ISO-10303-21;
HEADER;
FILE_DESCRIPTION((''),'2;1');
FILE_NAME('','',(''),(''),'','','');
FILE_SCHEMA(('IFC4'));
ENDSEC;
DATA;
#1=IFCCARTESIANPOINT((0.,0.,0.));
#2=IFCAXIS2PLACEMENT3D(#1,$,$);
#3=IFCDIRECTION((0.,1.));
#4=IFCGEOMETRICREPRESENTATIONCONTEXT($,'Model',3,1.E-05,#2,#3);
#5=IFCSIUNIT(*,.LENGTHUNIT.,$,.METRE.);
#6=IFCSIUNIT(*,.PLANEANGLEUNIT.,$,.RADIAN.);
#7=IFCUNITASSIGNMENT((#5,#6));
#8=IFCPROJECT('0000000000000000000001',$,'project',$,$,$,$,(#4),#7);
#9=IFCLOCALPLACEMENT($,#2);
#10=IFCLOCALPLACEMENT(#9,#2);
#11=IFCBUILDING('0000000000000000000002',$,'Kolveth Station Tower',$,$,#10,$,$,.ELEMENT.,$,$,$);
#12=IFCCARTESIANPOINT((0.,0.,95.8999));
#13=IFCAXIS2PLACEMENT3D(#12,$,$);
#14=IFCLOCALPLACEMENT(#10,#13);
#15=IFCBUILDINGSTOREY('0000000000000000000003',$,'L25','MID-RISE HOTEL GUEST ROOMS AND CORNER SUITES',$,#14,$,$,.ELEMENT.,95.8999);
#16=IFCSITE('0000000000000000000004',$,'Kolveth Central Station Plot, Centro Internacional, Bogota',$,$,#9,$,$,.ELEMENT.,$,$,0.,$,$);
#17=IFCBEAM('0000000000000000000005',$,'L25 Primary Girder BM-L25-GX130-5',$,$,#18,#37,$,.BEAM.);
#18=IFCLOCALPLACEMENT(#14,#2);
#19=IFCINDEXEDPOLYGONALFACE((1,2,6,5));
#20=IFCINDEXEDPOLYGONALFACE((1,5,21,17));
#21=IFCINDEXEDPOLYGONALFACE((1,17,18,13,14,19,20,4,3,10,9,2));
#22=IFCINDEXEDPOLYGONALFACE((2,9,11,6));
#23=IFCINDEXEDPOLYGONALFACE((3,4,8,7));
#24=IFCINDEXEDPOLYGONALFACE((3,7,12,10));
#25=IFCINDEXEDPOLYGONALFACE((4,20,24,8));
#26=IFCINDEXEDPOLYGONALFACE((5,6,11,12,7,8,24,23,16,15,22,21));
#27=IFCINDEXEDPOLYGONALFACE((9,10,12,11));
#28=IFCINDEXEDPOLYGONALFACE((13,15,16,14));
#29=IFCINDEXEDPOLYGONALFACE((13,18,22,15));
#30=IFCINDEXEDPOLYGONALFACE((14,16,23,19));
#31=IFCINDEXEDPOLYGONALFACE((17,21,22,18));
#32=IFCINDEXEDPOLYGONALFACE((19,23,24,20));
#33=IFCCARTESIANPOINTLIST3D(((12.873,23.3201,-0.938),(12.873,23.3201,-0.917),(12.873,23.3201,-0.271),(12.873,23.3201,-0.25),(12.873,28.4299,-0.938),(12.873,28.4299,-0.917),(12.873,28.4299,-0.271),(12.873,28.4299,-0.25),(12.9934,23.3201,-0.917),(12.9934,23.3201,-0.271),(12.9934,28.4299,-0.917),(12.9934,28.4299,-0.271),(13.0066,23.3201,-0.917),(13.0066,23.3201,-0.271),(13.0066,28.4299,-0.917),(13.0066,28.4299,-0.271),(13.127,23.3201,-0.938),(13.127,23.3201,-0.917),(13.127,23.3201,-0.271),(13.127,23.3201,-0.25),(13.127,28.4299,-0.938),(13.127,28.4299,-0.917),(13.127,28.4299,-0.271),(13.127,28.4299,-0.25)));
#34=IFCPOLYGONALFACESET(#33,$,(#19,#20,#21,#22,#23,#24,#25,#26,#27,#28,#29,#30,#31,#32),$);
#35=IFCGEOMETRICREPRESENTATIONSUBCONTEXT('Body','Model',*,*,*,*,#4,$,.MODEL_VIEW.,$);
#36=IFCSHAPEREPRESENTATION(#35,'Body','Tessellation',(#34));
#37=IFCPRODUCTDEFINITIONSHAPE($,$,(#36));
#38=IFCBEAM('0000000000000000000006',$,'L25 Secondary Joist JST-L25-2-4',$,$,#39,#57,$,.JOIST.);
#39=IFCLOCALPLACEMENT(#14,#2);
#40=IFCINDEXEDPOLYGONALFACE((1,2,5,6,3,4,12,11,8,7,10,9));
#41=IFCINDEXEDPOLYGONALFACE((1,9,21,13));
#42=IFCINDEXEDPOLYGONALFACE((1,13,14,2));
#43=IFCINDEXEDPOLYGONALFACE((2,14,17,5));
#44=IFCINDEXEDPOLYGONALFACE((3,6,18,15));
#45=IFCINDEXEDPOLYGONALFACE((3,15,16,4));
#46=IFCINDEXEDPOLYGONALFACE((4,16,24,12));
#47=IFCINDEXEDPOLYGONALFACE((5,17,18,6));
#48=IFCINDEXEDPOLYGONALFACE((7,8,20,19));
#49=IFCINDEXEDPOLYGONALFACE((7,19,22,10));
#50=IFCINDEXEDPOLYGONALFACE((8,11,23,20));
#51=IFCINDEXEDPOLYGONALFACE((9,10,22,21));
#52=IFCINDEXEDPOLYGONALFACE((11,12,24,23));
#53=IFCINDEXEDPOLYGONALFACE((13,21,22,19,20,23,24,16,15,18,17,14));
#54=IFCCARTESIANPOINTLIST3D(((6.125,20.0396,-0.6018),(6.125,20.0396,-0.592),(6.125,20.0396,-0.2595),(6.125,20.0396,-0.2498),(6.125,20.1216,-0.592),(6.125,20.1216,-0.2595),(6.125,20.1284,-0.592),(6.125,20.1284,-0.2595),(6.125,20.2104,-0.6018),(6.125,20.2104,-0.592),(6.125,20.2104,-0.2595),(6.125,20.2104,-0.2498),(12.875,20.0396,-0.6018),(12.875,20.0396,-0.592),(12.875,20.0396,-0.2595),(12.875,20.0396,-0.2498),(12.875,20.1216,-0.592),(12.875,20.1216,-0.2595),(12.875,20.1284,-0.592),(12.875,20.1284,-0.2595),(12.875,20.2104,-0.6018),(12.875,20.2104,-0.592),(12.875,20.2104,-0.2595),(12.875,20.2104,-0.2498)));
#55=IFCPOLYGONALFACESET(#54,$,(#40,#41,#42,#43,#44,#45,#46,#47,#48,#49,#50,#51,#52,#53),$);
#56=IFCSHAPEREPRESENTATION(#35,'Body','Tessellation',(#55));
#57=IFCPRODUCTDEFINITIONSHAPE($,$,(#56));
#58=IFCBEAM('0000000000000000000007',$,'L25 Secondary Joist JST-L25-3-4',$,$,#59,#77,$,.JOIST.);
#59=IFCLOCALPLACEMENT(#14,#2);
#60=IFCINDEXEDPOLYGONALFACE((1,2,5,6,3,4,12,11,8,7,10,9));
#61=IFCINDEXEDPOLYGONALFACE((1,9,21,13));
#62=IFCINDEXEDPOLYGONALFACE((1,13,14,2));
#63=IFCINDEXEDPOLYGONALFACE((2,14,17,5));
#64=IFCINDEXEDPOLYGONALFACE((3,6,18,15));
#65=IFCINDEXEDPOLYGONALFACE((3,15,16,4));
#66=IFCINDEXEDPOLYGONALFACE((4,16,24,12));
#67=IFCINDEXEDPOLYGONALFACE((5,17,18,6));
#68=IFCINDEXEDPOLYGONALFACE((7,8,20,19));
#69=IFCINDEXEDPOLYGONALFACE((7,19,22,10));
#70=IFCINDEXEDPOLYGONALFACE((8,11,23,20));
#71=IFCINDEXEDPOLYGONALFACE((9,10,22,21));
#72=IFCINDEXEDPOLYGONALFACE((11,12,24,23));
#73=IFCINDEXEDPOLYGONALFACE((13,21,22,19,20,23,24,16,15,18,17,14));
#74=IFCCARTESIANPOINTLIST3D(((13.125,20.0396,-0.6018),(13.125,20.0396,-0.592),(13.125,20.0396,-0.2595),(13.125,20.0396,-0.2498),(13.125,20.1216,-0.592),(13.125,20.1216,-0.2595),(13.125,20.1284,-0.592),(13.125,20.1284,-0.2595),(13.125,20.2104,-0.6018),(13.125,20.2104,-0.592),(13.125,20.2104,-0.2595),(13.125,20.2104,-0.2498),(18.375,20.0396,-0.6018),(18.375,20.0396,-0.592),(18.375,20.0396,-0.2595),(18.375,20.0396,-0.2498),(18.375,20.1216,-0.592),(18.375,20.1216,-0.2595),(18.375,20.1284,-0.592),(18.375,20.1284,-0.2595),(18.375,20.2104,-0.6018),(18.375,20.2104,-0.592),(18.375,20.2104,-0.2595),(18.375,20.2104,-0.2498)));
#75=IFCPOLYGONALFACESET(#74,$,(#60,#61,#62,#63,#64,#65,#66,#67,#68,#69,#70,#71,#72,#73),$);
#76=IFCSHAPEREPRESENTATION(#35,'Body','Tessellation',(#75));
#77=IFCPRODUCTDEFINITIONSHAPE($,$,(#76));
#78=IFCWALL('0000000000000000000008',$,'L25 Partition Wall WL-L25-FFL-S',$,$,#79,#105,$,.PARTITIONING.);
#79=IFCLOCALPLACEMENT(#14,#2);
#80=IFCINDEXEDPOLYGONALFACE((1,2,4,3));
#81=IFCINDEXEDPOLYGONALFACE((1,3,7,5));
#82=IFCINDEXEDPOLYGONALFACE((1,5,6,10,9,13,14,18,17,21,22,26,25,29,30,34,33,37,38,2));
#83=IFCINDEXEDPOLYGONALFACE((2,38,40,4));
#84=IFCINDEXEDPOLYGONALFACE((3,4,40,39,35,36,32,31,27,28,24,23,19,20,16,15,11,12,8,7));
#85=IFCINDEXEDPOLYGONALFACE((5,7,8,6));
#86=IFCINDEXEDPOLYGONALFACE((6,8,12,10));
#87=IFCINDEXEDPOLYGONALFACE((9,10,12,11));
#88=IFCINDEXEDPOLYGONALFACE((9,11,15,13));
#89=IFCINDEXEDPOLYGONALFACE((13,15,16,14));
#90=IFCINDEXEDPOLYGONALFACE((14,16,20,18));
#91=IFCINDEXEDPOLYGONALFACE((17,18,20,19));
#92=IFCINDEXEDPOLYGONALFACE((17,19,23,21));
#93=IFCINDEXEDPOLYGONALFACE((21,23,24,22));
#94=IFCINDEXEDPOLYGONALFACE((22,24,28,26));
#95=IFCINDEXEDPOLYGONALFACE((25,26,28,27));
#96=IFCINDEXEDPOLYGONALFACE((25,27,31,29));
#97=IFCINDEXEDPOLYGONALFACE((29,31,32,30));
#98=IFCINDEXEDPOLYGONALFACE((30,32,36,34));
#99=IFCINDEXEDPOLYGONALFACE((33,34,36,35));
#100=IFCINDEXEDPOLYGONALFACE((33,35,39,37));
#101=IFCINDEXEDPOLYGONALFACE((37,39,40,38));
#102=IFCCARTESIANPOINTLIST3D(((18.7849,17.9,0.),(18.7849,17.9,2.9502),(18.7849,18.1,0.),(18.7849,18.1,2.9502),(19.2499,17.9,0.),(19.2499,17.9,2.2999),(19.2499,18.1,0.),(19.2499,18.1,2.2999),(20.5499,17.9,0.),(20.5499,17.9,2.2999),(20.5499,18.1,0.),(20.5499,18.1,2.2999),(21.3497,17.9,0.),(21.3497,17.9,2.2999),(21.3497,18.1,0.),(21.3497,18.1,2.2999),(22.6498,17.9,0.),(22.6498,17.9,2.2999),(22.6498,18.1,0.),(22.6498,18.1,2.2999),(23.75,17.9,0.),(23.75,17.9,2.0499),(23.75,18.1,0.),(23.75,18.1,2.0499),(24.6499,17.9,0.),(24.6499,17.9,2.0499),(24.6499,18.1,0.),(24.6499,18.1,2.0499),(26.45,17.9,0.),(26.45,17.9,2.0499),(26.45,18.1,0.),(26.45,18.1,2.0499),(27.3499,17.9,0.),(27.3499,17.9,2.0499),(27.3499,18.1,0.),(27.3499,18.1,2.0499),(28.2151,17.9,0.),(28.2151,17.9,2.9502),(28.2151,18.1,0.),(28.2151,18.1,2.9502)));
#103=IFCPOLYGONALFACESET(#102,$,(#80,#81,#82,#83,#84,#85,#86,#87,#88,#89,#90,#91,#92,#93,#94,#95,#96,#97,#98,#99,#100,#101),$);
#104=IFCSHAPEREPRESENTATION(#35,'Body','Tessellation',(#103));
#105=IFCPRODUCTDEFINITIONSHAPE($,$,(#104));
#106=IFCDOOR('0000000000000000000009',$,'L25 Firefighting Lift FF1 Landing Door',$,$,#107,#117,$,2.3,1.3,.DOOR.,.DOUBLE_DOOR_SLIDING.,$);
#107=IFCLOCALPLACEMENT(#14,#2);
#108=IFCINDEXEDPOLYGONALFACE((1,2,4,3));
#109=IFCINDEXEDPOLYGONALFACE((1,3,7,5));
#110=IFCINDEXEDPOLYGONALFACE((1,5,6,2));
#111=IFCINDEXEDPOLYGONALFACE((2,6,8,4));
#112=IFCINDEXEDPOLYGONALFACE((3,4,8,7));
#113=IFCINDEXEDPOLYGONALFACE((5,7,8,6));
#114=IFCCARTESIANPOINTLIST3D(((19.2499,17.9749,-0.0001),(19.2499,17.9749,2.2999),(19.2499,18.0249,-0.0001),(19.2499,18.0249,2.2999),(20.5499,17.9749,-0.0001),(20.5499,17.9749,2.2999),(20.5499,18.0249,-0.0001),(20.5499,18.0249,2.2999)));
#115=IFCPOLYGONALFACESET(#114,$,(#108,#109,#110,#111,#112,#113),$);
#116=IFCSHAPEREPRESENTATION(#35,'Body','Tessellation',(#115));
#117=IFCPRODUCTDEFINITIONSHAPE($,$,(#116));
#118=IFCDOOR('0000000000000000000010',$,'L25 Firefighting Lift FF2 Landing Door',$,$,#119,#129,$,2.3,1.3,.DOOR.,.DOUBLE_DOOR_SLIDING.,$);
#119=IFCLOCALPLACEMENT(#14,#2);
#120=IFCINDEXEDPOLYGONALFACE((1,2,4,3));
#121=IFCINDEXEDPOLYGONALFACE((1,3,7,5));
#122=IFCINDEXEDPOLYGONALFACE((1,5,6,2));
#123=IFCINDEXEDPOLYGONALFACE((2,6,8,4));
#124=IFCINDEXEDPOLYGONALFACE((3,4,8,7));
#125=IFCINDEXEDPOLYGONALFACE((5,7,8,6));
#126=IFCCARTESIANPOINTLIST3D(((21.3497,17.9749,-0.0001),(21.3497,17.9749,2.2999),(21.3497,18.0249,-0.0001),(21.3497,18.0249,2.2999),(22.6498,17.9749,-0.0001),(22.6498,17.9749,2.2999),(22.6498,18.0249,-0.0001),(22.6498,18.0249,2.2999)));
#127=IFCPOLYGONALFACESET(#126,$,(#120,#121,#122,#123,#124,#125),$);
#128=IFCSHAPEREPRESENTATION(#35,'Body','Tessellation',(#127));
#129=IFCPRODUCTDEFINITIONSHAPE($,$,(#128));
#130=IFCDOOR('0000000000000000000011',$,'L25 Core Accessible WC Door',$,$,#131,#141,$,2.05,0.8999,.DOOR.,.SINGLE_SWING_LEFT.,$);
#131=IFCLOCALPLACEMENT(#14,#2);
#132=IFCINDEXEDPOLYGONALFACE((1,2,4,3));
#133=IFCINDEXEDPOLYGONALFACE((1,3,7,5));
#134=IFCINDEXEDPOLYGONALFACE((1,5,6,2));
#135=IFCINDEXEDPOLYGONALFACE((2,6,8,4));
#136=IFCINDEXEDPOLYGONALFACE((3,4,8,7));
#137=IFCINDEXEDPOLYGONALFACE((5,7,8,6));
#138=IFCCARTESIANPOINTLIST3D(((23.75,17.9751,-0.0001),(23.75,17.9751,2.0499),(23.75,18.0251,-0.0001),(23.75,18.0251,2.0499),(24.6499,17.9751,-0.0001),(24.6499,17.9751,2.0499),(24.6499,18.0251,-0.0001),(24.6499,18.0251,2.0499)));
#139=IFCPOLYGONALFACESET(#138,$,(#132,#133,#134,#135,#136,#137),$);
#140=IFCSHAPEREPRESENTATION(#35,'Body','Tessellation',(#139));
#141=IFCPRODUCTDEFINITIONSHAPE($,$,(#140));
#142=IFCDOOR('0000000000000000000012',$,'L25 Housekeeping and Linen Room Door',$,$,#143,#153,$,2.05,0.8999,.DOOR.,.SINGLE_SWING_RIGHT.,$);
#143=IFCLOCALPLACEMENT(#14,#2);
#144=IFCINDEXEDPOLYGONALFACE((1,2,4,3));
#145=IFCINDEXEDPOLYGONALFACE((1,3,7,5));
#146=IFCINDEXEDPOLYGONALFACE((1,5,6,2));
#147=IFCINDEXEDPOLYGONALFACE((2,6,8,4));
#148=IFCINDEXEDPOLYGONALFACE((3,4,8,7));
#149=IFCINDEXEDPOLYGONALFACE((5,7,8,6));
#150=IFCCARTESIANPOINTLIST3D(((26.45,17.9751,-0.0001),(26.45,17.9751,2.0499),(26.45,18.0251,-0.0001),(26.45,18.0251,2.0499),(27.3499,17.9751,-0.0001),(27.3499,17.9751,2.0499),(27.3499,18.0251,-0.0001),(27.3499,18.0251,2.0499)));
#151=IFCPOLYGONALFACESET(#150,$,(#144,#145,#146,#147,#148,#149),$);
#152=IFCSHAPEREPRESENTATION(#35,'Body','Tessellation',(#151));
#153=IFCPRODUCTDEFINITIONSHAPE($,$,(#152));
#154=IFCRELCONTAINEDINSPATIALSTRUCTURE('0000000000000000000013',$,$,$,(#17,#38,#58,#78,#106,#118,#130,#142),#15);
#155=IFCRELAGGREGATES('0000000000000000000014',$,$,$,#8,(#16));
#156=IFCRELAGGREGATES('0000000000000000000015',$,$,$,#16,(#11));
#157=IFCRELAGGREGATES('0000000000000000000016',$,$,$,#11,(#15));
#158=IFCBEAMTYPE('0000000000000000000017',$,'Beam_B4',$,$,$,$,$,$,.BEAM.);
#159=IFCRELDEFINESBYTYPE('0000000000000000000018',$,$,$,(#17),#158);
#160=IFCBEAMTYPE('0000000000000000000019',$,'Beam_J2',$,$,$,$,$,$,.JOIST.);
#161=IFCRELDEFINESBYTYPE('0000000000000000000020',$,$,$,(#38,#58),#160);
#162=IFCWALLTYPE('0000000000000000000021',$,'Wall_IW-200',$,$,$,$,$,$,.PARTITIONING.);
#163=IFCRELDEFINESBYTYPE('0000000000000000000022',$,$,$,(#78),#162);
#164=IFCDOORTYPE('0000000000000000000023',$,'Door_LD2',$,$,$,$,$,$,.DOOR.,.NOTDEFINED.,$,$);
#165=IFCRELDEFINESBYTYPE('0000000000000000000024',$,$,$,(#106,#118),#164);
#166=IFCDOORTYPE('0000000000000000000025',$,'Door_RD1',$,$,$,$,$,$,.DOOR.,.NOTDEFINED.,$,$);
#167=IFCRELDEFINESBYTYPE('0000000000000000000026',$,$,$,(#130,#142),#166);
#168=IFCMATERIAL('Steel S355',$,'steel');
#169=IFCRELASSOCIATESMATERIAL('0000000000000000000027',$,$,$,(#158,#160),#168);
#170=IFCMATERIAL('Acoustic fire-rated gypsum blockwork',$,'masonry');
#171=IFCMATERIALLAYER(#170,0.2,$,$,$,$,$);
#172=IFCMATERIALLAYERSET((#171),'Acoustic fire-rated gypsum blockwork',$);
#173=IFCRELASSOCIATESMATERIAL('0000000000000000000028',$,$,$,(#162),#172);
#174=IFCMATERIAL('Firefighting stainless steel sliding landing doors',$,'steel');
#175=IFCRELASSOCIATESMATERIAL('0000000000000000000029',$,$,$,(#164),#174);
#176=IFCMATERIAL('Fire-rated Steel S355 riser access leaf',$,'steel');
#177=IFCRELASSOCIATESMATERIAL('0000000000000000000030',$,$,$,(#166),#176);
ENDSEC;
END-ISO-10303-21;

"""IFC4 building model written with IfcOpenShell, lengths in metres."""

from ifc_helpers import new_model, si_unit, direction, frame, frame_2d, origin, origin_2d, place, context, subcontext, project, spatial, rectangle, i_section, extrude, source, transform, mapped, material, layer, layer_set, material_profile, profile_set, type_object, element, fill, save


model = new_model("IFC4")

# Units and contexts
model_context = context("Model", 3, precision=1e-05, world=origin(), true_north=direction((0.0, 1.0)))
body_context = subcontext(model_context, "Body", "Model", "MODEL_VIEW")
ifc_project = project(units=[si_unit("LENGTHUNIT", "METRE"), si_unit("PLANEANGLEUNIT", "RADIAN")], contexts=[model_context])

# Site, building, storey
site_placement = place(None, origin())
site = spatial("IfcSite", under=ifc_project, at=site_placement, Name="Kolveth Central Station Plot, Centro Internacional, Bogota", CompositionType="ELEMENT", RefElevation=0.0)
building_placement = place(site_placement, origin())
building = spatial("IfcBuilding", under=site, at=building_placement, Name="Kolveth Station Tower", CompositionType="ELEMENT")
storey_placement = place(building_placement, frame((0.0, 0.0, 95.8999)))
storey = spatial("IfcBuildingStorey", under=building, at=storey_placement, Name="L25", Description="MID-RISE HOTEL GUEST ROOMS AND CORNER SUITES", CompositionType="ELEMENT", Elevation=95.8999)

# Shared definitions
ifc_material_1 = material(Name="Steel S355", Category="steel")

# Beams
ifc_material_profile_1 = material_profile(ifc_material_1, i_section(OverallWidth=0.2539, OverallDepth=0.688, WebThickness=0.0132, FlangeThickness=0.021, at=origin_2d()), Name="W690x152")
ifc_profile_set_1 = profile_set([ifc_material_profile_1], Name="Steel S355")
beam_type_1 = type_object("IfcBeamType", Name="Beam_B4", PredefinedType="BEAM", material=ifc_profile_set_1)
shared_shape_1 = source(origin(), body_context, "Body", "SweptSolid", [
    extrude(i_section(OverallWidth=0.2539, OverallDepth=0.688, WebThickness=0.0132, FlangeThickness=0.021, at=origin_2d()), origin(), (0.0, 0.0, 1.0), 5.1099),
])
for number, where, z_axis, x_axis, name in (
    (1, (13.0, 23.3201, -0.594), (0.0, 1.0, 0.0), (-1.0, 0.0, 0.0), "L25 Primary Girder BM-L25-GX130-5"),
):
    element("IfcBeam", number, at=place(storey_placement, frame(where, z_axis=z_axis, x_axis=x_axis)), inside=storey, type_object=beam_type_1, Name=name, PredefinedType="BEAM", context=body_context, shape_type="MappedRepresentation", body=[
        mapped(shared_shape_1, transform((0.0, 0.0, 0.0), x_axis=(1.0, 0.0, 0.0), y_axis=(0.0, 1.0, 0.0), z_axis=(0.0, 0.0, 1.0), scale=1.0)),
    ])
ifc_material_profile_2 = material_profile(ifc_material_1, i_section(OverallWidth=0.1709, OverallDepth=0.3521, WebThickness=0.0068, FlangeThickness=0.0098, at=origin_2d()), Name="W360x44")
ifc_profile_set_2 = profile_set([ifc_material_profile_2], Name="Steel S355")
beam_type_2 = type_object("IfcBeamType", Name="Beam_J2", PredefinedType="JOIST", material=ifc_profile_set_2)
shared_shape_2 = source(origin(), body_context, "Body", "SweptSolid", [
    extrude(i_section(OverallWidth=0.1709, OverallDepth=0.3521, WebThickness=0.0068, FlangeThickness=0.0098, at=origin_2d()), origin(), (0.0, 0.0, 1.0), 6.75),
])
beam_1_placement = place(storey_placement, frame((6.125, 20.125, -0.4258), z_axis=(1.0, 0.0, 0.0), x_axis=(0.0, 1.0, 0.0)))
element("IfcBeam", 2, at=beam_1_placement, inside=storey, type_object=beam_type_2, Name="L25 Secondary Joist JST-L25-2-4", PredefinedType="JOIST", context=body_context, shape_type="MappedRepresentation", body=[
    mapped(shared_shape_2, transform((0.0, 0.0, 0.0), x_axis=(1.0, 0.0, 0.0), y_axis=(0.0, 1.0, 0.0), z_axis=(0.0, 0.0, 1.0), scale=1.0)),
])
shared_shape_3 = source(origin(), body_context, "Body", "SweptSolid", [
    extrude(i_section(OverallWidth=0.1709, OverallDepth=0.3521, WebThickness=0.0068, FlangeThickness=0.0098, at=origin_2d()), origin(), (0.0, 0.0, 1.0), 5.25),
])
beam_2_placement = place(storey_placement, frame((13.125, 20.125, -0.4258), z_axis=(1.0, 0.0, 0.0), x_axis=(0.0, 1.0, 0.0)))
element("IfcBeam", 3, at=beam_2_placement, inside=storey, type_object=beam_type_2, Name="L25 Secondary Joist JST-L25-3-4", PredefinedType="JOIST", context=body_context, shape_type="MappedRepresentation", body=[
    mapped(shared_shape_3, transform((0.0, 0.0, 0.0), x_axis=(1.0, 0.0, 0.0), y_axis=(0.0, 1.0, 0.0), z_axis=(0.0, 0.0, 1.0), scale=1.0)),
])

# Wall, openings, doors
ifc_material_2 = material(Name="Acoustic fire-rated gypsum blockwork", Category="masonry")
ifc_layer_1 = layer(ifc_material_2, 0.2)
ifc_layer_set_1 = layer_set([ifc_layer_1], Name="Acoustic fire-rated gypsum blockwork")
wall_type_1 = type_object("IfcWallType", Name="Wall_IW-200", PredefinedType="PARTITIONING", material=ifc_layer_set_1)
wall_1_placement = place(storey_placement, frame((18.7849, 18.0, 0.0), z_axis=(0.0, 0.0, 1.0), x_axis=(1.0, 0.0, 0.0)))
wall_1 = element("IfcWall", 4, at=wall_1_placement, inside=storey, type_object=wall_type_1, Name="L25 Partition Wall WL-L25-FFL-S", PredefinedType="PARTITIONING", context=body_context, shape_type="SweptSolid", body=[
    extrude(rectangle(XDim=9.4302, YDim=0.2, at=frame_2d((4.7151, 0.0))), origin(), (0.0, 0.0, 1.0), 2.9502),
])
opening_1_placement = place(wall_1_placement, frame((0.4651, 0.0, 0.0)))
opening_1 = element("IfcOpeningElement", 5, at=opening_1_placement, cuts=wall_1, PredefinedType="OPENING", context=body_context, shape_type="SweptSolid", body=[
    extrude(rectangle(XDim=1.3, YDim=2.3, at=frame_2d((0.6499, 1.1499))), frame((0.0, 0.1099, 0.0), z_axis=(0.0, -1.0, 0.0), x_axis=(1.0, 0.0, 0.0)), (0.0, 0.0, 1.0), 0.22),
])
opening_2_placement = place(wall_1_placement, frame((2.5649, 0.0, 0.0)))
opening_2 = element("IfcOpeningElement", 6, at=opening_2_placement, cuts=wall_1, PredefinedType="OPENING", context=body_context, shape_type="SweptSolid", body=[
    extrude(rectangle(XDim=1.3, YDim=2.3, at=frame_2d((0.6499, 1.1499))), frame((0.0, 0.1099, 0.0), z_axis=(0.0, -1.0, 0.0), x_axis=(1.0, 0.0, 0.0)), (0.0, 0.0, 1.0), 0.22),
])
opening_3_placement = place(wall_1_placement, frame((4.9651, 0.0, 0.0)))
opening_3 = element("IfcOpeningElement", 7, at=opening_3_placement, cuts=wall_1, PredefinedType="OPENING", context=body_context, shape_type="SweptSolid", body=[
    extrude(rectangle(XDim=0.8999, YDim=2.05, at=frame_2d((0.45, 1.0249))), frame((0.0, 0.1099, 0.0), z_axis=(0.0, -1.0, 0.0), x_axis=(1.0, 0.0, 0.0)), (0.0, 0.0, 1.0), 0.22),
])
opening_4_placement = place(wall_1_placement, frame((7.665, 0.0, 0.0)))
opening_4 = element("IfcOpeningElement", 8, at=opening_4_placement, cuts=wall_1, PredefinedType="OPENING", context=body_context, shape_type="SweptSolid", body=[
    extrude(rectangle(XDim=0.8999, YDim=2.05, at=frame_2d((0.45, 1.0249))), frame((0.0, 0.1099, 0.0), z_axis=(0.0, -1.0, 0.0), x_axis=(1.0, 0.0, 0.0)), (0.0, 0.0, 1.0), 0.22),
])
ifc_material_3 = material(Name="Firefighting stainless steel sliding landing doors", Category="steel")
door_type_1 = type_object("IfcDoorType", Name="Door_LD2", OperationType="NOTDEFINED", PredefinedType="DOOR", material=ifc_material_3)
door_1_placement = place(opening_1_placement, origin())
door_1 = element("IfcDoor", 9, at=door_1_placement, inside=storey, type_object=door_type_1, Name="L25 Firefighting Lift FF1 Landing Door", OperationType="DOUBLE_DOOR_SLIDING", OverallHeight=2.3, OverallWidth=1.3, PredefinedType="DOOR", context=body_context, shape_type="SweptSolid", body=[
    extrude(rectangle(XDim=1.3, YDim=2.3, at=frame_2d((0.6499, 1.1499))), frame((0.0, 0.0249, 0.0), z_axis=(0.0, -1.0, 0.0), x_axis=(1.0, 0.0, 0.0)), (0.0, 0.0, 1.0), 0.05),
])
fill(opening_1, door_1)
door_2_placement = place(opening_2_placement, origin())
door_2 = element("IfcDoor", 10, at=door_2_placement, inside=storey, type_object=door_type_1, Name="L25 Firefighting Lift FF2 Landing Door", OperationType="DOUBLE_DOOR_SLIDING", OverallHeight=2.3, OverallWidth=1.3, PredefinedType="DOOR", context=body_context, shape_type="SweptSolid", body=[
    extrude(rectangle(XDim=1.3, YDim=2.3, at=frame_2d((0.6499, 1.1499))), frame((0.0, 0.0249, 0.0), z_axis=(0.0, -1.0, 0.0), x_axis=(1.0, 0.0, 0.0)), (0.0, 0.0, 1.0), 0.05),
])
fill(opening_2, door_2)
ifc_material_4 = material(Name="Fire-rated Steel S355 riser access leaf", Category="steel")
door_type_2 = type_object("IfcDoorType", Name="Door_RD1", OperationType="NOTDEFINED", PredefinedType="DOOR", material=ifc_material_4)
door_3_placement = place(opening_3_placement, frame((0.8999, 0.0, 0.0), z_axis=(0.0, 0.0, 1.0), x_axis=(-1.0, 0.0, 0.0)))
door_3 = element("IfcDoor", 11, at=door_3_placement, inside=storey, type_object=door_type_2, Name="L25 Core Accessible WC Door", OperationType="SINGLE_SWING_LEFT", OverallHeight=2.05, OverallWidth=0.8999, PredefinedType="DOOR", context=body_context, shape_type="SweptSolid", body=[
    extrude(rectangle(XDim=0.8999, YDim=2.05, at=frame_2d((0.45, 1.0249))), frame((0.0, 0.0249, 0.0), z_axis=(0.0, -1.0, 0.0), x_axis=(1.0, 0.0, 0.0)), (0.0, 0.0, 1.0), 0.05),
])
fill(opening_3, door_3)
door_4_placement = place(opening_4_placement, frame((0.8999, 0.0, 0.0), z_axis=(0.0, 0.0, 1.0), x_axis=(-1.0, 0.0, 0.0)))
door_4 = element("IfcDoor", 12, at=door_4_placement, inside=storey, type_object=door_type_2, Name="L25 Housekeeping and Linen Room Door", OperationType="SINGLE_SWING_RIGHT", OverallHeight=2.05, OverallWidth=0.8999, PredefinedType="DOOR", context=body_context, shape_type="SweptSolid", body=[
    extrude(rectangle(XDim=0.8999, YDim=2.05, at=frame_2d((0.45, 1.0249))), frame((0.0, 0.0249, 0.0), z_axis=(0.0, -1.0, 0.0), x_axis=(1.0, 0.0, 0.0)), (0.0, 0.0, 1.0), 0.05),
])
fill(opening_4, door_4)

save(model, "model.ifc")
